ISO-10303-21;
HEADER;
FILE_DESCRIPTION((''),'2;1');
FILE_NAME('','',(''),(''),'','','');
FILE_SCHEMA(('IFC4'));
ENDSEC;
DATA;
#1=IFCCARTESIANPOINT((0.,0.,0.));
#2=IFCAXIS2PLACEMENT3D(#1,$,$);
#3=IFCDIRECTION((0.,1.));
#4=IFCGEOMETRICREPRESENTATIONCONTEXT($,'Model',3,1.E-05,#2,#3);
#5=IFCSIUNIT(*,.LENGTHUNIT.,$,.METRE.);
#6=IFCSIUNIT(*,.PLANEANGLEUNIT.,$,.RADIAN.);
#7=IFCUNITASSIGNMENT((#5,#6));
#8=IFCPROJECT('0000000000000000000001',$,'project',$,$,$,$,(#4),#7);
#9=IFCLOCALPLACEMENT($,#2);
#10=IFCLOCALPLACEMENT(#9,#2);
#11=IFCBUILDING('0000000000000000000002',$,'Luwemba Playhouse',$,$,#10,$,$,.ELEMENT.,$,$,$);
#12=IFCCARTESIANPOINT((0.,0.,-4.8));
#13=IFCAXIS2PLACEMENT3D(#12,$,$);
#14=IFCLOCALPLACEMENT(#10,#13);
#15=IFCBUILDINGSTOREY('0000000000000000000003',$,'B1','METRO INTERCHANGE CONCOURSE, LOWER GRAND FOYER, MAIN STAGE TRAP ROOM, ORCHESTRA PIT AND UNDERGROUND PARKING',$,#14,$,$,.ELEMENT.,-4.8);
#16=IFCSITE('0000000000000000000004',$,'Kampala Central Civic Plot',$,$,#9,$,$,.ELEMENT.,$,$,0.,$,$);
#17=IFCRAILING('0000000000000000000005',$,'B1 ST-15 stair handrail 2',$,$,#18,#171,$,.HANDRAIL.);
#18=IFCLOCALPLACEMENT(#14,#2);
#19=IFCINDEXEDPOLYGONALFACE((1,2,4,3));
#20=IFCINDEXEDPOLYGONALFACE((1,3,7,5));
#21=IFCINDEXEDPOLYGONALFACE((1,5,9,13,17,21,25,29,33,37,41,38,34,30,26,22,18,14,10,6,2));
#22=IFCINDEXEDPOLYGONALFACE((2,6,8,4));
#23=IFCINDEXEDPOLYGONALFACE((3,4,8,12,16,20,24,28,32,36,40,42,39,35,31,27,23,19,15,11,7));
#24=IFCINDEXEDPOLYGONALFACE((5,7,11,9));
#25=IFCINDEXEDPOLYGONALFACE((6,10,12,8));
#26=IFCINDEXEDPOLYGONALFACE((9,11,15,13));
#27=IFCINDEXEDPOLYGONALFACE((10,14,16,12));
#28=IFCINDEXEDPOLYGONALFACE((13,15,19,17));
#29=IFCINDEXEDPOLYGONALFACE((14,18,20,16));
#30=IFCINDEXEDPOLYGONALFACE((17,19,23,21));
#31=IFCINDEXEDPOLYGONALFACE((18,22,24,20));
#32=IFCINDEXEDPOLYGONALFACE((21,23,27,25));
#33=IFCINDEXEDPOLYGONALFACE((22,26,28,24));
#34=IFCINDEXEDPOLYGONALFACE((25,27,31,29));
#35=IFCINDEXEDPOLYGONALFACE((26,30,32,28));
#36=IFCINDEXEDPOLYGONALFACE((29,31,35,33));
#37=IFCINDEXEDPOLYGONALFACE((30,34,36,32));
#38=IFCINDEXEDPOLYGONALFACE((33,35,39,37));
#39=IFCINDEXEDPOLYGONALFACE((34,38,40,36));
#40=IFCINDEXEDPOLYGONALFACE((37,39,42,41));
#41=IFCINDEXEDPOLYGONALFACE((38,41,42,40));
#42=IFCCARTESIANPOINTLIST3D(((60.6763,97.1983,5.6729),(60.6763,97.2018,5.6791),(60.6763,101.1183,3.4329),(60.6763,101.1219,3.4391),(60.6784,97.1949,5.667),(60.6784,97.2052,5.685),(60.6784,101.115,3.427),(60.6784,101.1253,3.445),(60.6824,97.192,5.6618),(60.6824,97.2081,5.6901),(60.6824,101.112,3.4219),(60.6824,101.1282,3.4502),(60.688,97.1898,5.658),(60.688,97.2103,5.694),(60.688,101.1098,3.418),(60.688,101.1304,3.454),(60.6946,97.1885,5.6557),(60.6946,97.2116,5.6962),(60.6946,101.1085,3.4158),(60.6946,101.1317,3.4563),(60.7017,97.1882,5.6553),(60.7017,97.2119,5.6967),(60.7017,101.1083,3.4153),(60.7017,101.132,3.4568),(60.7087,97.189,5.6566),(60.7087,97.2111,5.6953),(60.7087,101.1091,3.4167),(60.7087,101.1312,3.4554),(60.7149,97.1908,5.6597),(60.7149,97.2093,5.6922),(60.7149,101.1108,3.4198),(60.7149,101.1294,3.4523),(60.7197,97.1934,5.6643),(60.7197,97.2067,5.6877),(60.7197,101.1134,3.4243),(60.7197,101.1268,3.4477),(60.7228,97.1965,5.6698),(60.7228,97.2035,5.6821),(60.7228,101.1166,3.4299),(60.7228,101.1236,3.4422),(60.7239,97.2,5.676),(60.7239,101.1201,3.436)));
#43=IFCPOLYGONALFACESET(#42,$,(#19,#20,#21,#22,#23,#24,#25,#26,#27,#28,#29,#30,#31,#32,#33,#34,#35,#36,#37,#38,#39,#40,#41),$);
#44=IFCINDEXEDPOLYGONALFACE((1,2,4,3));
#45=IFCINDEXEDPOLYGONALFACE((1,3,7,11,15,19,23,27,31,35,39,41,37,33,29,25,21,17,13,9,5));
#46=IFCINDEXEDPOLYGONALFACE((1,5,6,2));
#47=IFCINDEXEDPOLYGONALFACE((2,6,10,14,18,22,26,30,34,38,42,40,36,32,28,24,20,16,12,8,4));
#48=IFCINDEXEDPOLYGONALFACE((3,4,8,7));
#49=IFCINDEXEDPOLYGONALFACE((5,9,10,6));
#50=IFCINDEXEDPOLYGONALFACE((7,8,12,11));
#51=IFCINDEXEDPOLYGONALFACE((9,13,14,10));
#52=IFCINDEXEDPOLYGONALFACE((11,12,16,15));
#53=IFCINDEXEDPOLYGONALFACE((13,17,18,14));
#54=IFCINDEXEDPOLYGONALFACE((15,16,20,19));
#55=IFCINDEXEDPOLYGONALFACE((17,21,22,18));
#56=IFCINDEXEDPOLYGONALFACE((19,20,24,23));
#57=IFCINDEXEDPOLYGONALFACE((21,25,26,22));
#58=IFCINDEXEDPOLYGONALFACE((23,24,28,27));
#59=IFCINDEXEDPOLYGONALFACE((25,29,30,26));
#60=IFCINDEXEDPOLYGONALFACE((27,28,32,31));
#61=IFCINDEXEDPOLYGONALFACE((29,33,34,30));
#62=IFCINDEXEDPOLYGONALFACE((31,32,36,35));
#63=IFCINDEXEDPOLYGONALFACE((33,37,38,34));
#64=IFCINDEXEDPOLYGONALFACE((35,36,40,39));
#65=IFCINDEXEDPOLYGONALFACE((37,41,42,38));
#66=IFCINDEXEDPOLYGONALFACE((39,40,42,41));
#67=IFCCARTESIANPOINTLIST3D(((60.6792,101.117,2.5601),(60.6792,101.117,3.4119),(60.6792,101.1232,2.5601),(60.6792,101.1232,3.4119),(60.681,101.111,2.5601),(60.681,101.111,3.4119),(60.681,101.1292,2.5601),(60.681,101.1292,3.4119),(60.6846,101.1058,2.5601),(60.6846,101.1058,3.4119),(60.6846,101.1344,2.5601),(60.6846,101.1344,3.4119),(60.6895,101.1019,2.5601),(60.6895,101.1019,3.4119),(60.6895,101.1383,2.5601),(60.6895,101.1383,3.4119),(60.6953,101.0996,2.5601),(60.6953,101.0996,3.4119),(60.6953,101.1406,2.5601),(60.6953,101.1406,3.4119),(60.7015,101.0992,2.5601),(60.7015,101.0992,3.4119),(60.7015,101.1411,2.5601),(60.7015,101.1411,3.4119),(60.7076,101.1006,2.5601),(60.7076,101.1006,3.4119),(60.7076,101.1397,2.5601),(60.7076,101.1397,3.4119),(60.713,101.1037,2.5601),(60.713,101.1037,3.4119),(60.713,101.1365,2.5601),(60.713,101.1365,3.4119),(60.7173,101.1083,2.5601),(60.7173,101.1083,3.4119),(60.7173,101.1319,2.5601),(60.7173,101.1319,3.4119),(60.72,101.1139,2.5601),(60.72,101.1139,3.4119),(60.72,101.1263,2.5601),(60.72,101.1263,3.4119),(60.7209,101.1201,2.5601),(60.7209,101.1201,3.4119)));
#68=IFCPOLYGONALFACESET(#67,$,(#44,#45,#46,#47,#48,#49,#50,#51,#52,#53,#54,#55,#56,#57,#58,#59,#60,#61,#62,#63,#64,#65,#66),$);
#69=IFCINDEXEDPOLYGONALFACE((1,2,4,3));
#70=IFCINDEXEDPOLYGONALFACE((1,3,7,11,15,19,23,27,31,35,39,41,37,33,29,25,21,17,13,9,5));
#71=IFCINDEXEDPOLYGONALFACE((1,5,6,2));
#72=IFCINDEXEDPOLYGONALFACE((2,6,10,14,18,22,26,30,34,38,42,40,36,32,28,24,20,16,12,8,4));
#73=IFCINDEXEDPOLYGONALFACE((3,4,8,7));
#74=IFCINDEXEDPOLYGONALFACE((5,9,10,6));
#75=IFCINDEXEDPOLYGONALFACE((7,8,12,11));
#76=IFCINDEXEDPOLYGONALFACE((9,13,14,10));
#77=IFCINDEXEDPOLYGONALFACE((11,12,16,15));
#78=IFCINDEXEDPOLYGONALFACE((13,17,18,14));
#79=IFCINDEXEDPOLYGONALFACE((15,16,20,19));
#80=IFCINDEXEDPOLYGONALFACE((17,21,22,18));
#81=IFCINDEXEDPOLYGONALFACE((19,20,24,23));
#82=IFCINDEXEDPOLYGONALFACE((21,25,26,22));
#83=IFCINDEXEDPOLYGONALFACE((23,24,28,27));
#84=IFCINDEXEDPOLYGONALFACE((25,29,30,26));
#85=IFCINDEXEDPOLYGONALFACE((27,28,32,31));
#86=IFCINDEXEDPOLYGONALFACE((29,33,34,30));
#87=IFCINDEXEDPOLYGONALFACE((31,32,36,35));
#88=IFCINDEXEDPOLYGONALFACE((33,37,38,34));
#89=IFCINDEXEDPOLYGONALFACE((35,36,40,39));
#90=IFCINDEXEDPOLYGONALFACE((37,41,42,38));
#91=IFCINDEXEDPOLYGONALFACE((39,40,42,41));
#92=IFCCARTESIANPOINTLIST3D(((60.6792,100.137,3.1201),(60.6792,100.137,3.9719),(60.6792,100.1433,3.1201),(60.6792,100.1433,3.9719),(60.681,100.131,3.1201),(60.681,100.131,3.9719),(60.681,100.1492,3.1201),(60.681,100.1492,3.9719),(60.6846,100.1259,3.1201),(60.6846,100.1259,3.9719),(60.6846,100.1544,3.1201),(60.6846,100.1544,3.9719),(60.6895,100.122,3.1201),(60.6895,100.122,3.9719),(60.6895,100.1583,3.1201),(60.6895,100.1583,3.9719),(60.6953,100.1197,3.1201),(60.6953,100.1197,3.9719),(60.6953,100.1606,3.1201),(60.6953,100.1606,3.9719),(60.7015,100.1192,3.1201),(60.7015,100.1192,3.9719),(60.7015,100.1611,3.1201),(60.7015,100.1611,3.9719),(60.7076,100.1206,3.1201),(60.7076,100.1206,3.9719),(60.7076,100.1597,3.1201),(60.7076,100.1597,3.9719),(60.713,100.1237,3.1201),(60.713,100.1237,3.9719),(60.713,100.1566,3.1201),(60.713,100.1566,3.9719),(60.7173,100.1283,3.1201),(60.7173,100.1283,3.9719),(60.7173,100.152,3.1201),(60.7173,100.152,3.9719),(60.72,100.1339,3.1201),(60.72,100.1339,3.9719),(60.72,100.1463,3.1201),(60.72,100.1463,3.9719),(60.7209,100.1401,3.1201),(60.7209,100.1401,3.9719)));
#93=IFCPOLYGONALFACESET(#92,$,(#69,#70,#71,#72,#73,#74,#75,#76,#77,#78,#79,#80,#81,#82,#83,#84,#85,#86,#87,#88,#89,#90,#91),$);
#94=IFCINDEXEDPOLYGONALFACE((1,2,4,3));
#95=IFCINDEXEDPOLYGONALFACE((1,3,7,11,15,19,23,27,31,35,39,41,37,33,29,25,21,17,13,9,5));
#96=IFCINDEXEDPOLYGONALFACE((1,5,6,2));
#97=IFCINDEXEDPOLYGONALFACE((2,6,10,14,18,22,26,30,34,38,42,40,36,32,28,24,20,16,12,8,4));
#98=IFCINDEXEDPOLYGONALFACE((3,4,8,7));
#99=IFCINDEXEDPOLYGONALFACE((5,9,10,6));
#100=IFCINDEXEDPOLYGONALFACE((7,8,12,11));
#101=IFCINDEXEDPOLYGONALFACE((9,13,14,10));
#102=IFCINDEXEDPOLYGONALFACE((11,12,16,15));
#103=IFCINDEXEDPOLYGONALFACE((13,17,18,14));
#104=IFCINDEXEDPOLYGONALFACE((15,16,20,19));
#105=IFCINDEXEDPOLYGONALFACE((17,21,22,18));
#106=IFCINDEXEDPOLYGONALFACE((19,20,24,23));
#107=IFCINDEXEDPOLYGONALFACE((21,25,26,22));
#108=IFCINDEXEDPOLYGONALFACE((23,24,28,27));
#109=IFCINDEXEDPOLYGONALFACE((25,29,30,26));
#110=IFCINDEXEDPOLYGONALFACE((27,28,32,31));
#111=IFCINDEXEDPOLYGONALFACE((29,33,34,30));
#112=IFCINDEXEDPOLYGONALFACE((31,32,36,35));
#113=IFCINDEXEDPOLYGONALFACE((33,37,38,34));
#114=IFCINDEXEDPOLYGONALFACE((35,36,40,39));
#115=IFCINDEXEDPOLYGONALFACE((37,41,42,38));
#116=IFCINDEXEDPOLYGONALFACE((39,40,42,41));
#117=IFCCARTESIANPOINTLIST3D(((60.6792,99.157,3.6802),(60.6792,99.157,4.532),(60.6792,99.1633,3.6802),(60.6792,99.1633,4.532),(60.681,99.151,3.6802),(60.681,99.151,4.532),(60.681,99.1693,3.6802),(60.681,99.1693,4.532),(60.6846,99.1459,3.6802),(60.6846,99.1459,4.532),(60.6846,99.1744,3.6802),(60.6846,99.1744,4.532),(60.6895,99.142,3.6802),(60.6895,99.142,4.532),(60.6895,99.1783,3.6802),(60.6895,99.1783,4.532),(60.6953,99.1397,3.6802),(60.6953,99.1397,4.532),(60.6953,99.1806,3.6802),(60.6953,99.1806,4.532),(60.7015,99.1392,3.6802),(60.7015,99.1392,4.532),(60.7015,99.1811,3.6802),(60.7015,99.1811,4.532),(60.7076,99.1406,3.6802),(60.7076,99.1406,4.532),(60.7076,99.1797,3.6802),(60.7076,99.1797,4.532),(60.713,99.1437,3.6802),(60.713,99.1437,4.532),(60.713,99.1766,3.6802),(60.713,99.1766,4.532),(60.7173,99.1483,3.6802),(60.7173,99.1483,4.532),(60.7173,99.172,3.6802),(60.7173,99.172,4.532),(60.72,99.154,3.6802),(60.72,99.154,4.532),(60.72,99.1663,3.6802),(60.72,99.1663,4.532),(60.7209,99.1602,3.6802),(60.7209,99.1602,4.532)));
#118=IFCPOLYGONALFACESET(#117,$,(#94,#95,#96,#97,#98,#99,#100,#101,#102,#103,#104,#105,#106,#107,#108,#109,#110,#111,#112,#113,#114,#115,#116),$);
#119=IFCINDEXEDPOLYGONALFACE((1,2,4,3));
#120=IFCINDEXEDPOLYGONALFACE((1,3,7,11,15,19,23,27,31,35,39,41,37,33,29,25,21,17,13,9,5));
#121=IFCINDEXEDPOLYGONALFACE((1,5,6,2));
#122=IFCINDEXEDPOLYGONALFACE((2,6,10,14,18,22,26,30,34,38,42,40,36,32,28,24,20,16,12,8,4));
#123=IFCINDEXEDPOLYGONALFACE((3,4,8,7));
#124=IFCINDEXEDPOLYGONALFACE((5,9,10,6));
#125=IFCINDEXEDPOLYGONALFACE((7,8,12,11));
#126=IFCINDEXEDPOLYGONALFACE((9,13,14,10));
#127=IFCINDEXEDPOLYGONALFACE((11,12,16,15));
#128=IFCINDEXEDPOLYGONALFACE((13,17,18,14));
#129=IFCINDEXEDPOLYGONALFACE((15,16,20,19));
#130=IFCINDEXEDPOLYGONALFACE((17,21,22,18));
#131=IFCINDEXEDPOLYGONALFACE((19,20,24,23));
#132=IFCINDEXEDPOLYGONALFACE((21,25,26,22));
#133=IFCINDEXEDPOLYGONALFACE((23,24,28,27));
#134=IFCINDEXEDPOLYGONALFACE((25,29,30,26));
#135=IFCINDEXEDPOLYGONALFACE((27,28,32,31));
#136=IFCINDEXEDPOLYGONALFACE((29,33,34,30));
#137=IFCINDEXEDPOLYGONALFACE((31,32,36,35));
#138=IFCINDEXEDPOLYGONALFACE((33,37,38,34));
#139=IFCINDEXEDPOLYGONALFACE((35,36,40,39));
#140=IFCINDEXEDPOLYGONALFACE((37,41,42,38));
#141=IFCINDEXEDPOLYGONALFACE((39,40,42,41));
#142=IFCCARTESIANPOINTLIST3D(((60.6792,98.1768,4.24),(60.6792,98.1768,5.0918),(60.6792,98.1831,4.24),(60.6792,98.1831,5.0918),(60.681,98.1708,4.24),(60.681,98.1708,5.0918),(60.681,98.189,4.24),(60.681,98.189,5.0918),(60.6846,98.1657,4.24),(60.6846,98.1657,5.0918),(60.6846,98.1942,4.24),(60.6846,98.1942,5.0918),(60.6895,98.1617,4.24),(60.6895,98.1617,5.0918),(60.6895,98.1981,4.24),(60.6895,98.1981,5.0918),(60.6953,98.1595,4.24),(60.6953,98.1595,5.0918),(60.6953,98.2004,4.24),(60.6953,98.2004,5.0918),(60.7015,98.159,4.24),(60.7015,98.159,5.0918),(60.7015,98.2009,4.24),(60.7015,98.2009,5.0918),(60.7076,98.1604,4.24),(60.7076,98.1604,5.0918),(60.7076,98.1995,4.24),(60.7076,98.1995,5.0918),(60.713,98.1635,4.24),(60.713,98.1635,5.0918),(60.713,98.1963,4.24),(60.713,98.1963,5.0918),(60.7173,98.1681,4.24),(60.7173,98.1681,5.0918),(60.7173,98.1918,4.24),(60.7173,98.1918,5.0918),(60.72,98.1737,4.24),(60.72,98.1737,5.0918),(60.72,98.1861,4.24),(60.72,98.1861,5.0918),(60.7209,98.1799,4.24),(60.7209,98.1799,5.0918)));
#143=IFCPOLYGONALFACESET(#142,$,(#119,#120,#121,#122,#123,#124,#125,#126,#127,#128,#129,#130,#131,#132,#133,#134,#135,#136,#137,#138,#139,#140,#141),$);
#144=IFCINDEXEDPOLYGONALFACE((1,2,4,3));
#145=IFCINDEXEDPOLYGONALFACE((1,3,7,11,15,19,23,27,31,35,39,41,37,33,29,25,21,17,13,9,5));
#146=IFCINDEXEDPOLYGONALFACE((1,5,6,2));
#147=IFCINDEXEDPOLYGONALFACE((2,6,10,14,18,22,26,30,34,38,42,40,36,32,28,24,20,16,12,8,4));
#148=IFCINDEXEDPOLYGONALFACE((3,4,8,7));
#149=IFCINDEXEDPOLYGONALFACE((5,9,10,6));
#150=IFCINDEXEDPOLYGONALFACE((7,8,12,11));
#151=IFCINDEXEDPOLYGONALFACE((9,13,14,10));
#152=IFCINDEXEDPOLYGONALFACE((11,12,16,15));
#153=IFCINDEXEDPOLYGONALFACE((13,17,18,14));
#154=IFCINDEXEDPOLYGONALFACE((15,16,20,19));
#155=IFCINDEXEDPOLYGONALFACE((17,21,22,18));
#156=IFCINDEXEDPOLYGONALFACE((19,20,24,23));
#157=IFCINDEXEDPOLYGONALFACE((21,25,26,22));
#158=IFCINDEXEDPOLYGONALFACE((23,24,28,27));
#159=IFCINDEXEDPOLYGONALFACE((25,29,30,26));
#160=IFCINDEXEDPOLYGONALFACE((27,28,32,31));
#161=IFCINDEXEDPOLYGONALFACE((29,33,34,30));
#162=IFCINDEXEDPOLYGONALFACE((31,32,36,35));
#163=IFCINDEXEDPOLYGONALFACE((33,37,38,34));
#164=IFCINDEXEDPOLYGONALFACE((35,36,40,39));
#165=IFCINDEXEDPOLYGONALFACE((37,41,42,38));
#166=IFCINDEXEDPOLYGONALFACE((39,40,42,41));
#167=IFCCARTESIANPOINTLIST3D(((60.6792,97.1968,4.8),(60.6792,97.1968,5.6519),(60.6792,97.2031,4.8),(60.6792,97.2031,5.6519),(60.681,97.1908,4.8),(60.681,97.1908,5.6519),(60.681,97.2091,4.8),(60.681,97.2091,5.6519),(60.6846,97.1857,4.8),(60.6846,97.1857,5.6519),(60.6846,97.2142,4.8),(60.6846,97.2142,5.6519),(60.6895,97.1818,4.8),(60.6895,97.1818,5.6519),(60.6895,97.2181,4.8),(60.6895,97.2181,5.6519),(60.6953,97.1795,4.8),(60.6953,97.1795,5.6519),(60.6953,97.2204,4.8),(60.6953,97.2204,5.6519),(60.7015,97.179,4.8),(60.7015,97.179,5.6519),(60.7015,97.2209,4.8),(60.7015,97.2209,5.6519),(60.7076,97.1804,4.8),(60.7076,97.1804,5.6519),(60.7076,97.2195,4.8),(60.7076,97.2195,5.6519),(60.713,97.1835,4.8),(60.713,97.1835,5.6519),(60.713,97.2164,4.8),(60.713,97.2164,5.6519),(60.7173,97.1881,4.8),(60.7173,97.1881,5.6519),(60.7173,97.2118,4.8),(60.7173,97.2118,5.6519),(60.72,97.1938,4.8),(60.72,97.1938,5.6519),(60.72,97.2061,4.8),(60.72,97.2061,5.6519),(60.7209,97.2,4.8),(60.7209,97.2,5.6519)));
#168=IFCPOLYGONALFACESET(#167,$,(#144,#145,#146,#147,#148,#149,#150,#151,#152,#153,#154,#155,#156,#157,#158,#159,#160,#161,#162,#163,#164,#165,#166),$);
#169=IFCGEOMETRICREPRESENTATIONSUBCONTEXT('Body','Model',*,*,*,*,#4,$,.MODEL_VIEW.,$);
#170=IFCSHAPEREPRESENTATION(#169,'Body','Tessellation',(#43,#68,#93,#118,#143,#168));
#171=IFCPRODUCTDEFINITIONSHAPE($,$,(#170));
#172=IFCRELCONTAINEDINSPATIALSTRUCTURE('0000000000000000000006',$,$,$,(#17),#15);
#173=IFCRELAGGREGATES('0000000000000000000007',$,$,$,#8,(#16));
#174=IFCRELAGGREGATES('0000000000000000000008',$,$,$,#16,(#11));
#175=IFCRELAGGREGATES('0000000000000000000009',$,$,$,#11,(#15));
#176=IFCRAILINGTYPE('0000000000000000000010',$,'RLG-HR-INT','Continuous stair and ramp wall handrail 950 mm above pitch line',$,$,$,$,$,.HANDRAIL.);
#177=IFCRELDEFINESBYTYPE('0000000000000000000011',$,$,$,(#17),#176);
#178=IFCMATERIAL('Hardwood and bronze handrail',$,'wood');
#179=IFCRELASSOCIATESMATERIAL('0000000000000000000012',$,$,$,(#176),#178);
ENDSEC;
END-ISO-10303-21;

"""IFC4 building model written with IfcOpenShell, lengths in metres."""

from ifc_helpers import new_model, si_unit, direction, frame, origin, origin_2d, place, context, subcontext, project, spatial, circle, extrude, material, type_object, element, save


model = new_model("IFC4")

# Units and contexts
model_context = context("Model", 3, precision=1e-05, world=origin(), true_north=direction((0.0, 1.0)))
body_context = subcontext(model_context, "Body", "Model", "MODEL_VIEW")
ifc_project = project(units=[si_unit("LENGTHUNIT", "METRE"), si_unit("PLANEANGLEUNIT", "RADIAN")], contexts=[model_context])

# Site, building, storey
site_placement = place(None, origin())
site = spatial("IfcSite", under=ifc_project, at=site_placement, Name="Kampala Central Civic Plot", CompositionType="ELEMENT", RefElevation=0.0)
building_placement = place(site_placement, origin())
building = spatial("IfcBuilding", under=site, at=building_placement, Name="Luwemba Playhouse", CompositionType="ELEMENT")
storey_placement = place(building_placement, frame((0.0, 0.0, -4.8)))
storey = spatial("IfcBuildingStorey", under=building, at=storey_placement, Name="B1", Description="METRO INTERCHANGE CONCOURSE, LOWER GRAND FOYER, MAIN STAGE TRAP ROOM, ORCHESTRA PIT AND UNDERGROUND PARKING", CompositionType="ELEMENT", Elevation=-4.8)

# Railing
ifc_material_1 = material(Name="Hardwood and bronze handrail", Category="wood")
railing_type_1 = type_object("IfcRailingType", Name="RLG-HR-INT", Description="Continuous stair and ramp wall handrail 950 mm above pitch line", PredefinedType="HANDRAIL", material=ifc_material_1)
railing_1_placement = place(storey_placement, frame((60.7, 101.1201, 2.5601)))
element("IfcRailing", 1, at=railing_1_placement, inside=storey, type_object=railing_type_1, Name="B1 ST-15 stair handrail 2", PredefinedType="HANDRAIL", context=body_context, shape_type="SweptSolid", body=[
    extrude(circle(Radius=0.0239, at=origin_2d()), frame((0.0, 0.0, 0.876), z_axis=(0.0, -0.868253, 0.496121), x_axis=(1.0, 0.0, 0.0)), (0.0, 0.0, 1.0), 4.5149),
    extrude(circle(Radius=0.021, at=origin_2d()), origin(), (0.0, 0.0, 1.0), 0.8518),
    extrude(circle(Radius=0.021, at=origin_2d()), frame((0.0, -0.98, 0.5601)), (0.0, 0.0, 1.0), 0.8518),
    extrude(circle(Radius=0.021, at=origin_2d()), frame((0.0, -1.96, 1.1201)), (0.0, 0.0, 1.0), 0.8518),
    extrude(circle(Radius=0.021, at=origin_2d()), frame((0.0, -2.9402, 1.6799)), (0.0, 0.0, 1.0), 0.8518),
    extrude(circle(Radius=0.021, at=origin_2d()), frame((0.0, -3.9202, 2.24)), (0.0, 0.0, 1.0), 0.8518),
])

save(model, "model.ifc")
